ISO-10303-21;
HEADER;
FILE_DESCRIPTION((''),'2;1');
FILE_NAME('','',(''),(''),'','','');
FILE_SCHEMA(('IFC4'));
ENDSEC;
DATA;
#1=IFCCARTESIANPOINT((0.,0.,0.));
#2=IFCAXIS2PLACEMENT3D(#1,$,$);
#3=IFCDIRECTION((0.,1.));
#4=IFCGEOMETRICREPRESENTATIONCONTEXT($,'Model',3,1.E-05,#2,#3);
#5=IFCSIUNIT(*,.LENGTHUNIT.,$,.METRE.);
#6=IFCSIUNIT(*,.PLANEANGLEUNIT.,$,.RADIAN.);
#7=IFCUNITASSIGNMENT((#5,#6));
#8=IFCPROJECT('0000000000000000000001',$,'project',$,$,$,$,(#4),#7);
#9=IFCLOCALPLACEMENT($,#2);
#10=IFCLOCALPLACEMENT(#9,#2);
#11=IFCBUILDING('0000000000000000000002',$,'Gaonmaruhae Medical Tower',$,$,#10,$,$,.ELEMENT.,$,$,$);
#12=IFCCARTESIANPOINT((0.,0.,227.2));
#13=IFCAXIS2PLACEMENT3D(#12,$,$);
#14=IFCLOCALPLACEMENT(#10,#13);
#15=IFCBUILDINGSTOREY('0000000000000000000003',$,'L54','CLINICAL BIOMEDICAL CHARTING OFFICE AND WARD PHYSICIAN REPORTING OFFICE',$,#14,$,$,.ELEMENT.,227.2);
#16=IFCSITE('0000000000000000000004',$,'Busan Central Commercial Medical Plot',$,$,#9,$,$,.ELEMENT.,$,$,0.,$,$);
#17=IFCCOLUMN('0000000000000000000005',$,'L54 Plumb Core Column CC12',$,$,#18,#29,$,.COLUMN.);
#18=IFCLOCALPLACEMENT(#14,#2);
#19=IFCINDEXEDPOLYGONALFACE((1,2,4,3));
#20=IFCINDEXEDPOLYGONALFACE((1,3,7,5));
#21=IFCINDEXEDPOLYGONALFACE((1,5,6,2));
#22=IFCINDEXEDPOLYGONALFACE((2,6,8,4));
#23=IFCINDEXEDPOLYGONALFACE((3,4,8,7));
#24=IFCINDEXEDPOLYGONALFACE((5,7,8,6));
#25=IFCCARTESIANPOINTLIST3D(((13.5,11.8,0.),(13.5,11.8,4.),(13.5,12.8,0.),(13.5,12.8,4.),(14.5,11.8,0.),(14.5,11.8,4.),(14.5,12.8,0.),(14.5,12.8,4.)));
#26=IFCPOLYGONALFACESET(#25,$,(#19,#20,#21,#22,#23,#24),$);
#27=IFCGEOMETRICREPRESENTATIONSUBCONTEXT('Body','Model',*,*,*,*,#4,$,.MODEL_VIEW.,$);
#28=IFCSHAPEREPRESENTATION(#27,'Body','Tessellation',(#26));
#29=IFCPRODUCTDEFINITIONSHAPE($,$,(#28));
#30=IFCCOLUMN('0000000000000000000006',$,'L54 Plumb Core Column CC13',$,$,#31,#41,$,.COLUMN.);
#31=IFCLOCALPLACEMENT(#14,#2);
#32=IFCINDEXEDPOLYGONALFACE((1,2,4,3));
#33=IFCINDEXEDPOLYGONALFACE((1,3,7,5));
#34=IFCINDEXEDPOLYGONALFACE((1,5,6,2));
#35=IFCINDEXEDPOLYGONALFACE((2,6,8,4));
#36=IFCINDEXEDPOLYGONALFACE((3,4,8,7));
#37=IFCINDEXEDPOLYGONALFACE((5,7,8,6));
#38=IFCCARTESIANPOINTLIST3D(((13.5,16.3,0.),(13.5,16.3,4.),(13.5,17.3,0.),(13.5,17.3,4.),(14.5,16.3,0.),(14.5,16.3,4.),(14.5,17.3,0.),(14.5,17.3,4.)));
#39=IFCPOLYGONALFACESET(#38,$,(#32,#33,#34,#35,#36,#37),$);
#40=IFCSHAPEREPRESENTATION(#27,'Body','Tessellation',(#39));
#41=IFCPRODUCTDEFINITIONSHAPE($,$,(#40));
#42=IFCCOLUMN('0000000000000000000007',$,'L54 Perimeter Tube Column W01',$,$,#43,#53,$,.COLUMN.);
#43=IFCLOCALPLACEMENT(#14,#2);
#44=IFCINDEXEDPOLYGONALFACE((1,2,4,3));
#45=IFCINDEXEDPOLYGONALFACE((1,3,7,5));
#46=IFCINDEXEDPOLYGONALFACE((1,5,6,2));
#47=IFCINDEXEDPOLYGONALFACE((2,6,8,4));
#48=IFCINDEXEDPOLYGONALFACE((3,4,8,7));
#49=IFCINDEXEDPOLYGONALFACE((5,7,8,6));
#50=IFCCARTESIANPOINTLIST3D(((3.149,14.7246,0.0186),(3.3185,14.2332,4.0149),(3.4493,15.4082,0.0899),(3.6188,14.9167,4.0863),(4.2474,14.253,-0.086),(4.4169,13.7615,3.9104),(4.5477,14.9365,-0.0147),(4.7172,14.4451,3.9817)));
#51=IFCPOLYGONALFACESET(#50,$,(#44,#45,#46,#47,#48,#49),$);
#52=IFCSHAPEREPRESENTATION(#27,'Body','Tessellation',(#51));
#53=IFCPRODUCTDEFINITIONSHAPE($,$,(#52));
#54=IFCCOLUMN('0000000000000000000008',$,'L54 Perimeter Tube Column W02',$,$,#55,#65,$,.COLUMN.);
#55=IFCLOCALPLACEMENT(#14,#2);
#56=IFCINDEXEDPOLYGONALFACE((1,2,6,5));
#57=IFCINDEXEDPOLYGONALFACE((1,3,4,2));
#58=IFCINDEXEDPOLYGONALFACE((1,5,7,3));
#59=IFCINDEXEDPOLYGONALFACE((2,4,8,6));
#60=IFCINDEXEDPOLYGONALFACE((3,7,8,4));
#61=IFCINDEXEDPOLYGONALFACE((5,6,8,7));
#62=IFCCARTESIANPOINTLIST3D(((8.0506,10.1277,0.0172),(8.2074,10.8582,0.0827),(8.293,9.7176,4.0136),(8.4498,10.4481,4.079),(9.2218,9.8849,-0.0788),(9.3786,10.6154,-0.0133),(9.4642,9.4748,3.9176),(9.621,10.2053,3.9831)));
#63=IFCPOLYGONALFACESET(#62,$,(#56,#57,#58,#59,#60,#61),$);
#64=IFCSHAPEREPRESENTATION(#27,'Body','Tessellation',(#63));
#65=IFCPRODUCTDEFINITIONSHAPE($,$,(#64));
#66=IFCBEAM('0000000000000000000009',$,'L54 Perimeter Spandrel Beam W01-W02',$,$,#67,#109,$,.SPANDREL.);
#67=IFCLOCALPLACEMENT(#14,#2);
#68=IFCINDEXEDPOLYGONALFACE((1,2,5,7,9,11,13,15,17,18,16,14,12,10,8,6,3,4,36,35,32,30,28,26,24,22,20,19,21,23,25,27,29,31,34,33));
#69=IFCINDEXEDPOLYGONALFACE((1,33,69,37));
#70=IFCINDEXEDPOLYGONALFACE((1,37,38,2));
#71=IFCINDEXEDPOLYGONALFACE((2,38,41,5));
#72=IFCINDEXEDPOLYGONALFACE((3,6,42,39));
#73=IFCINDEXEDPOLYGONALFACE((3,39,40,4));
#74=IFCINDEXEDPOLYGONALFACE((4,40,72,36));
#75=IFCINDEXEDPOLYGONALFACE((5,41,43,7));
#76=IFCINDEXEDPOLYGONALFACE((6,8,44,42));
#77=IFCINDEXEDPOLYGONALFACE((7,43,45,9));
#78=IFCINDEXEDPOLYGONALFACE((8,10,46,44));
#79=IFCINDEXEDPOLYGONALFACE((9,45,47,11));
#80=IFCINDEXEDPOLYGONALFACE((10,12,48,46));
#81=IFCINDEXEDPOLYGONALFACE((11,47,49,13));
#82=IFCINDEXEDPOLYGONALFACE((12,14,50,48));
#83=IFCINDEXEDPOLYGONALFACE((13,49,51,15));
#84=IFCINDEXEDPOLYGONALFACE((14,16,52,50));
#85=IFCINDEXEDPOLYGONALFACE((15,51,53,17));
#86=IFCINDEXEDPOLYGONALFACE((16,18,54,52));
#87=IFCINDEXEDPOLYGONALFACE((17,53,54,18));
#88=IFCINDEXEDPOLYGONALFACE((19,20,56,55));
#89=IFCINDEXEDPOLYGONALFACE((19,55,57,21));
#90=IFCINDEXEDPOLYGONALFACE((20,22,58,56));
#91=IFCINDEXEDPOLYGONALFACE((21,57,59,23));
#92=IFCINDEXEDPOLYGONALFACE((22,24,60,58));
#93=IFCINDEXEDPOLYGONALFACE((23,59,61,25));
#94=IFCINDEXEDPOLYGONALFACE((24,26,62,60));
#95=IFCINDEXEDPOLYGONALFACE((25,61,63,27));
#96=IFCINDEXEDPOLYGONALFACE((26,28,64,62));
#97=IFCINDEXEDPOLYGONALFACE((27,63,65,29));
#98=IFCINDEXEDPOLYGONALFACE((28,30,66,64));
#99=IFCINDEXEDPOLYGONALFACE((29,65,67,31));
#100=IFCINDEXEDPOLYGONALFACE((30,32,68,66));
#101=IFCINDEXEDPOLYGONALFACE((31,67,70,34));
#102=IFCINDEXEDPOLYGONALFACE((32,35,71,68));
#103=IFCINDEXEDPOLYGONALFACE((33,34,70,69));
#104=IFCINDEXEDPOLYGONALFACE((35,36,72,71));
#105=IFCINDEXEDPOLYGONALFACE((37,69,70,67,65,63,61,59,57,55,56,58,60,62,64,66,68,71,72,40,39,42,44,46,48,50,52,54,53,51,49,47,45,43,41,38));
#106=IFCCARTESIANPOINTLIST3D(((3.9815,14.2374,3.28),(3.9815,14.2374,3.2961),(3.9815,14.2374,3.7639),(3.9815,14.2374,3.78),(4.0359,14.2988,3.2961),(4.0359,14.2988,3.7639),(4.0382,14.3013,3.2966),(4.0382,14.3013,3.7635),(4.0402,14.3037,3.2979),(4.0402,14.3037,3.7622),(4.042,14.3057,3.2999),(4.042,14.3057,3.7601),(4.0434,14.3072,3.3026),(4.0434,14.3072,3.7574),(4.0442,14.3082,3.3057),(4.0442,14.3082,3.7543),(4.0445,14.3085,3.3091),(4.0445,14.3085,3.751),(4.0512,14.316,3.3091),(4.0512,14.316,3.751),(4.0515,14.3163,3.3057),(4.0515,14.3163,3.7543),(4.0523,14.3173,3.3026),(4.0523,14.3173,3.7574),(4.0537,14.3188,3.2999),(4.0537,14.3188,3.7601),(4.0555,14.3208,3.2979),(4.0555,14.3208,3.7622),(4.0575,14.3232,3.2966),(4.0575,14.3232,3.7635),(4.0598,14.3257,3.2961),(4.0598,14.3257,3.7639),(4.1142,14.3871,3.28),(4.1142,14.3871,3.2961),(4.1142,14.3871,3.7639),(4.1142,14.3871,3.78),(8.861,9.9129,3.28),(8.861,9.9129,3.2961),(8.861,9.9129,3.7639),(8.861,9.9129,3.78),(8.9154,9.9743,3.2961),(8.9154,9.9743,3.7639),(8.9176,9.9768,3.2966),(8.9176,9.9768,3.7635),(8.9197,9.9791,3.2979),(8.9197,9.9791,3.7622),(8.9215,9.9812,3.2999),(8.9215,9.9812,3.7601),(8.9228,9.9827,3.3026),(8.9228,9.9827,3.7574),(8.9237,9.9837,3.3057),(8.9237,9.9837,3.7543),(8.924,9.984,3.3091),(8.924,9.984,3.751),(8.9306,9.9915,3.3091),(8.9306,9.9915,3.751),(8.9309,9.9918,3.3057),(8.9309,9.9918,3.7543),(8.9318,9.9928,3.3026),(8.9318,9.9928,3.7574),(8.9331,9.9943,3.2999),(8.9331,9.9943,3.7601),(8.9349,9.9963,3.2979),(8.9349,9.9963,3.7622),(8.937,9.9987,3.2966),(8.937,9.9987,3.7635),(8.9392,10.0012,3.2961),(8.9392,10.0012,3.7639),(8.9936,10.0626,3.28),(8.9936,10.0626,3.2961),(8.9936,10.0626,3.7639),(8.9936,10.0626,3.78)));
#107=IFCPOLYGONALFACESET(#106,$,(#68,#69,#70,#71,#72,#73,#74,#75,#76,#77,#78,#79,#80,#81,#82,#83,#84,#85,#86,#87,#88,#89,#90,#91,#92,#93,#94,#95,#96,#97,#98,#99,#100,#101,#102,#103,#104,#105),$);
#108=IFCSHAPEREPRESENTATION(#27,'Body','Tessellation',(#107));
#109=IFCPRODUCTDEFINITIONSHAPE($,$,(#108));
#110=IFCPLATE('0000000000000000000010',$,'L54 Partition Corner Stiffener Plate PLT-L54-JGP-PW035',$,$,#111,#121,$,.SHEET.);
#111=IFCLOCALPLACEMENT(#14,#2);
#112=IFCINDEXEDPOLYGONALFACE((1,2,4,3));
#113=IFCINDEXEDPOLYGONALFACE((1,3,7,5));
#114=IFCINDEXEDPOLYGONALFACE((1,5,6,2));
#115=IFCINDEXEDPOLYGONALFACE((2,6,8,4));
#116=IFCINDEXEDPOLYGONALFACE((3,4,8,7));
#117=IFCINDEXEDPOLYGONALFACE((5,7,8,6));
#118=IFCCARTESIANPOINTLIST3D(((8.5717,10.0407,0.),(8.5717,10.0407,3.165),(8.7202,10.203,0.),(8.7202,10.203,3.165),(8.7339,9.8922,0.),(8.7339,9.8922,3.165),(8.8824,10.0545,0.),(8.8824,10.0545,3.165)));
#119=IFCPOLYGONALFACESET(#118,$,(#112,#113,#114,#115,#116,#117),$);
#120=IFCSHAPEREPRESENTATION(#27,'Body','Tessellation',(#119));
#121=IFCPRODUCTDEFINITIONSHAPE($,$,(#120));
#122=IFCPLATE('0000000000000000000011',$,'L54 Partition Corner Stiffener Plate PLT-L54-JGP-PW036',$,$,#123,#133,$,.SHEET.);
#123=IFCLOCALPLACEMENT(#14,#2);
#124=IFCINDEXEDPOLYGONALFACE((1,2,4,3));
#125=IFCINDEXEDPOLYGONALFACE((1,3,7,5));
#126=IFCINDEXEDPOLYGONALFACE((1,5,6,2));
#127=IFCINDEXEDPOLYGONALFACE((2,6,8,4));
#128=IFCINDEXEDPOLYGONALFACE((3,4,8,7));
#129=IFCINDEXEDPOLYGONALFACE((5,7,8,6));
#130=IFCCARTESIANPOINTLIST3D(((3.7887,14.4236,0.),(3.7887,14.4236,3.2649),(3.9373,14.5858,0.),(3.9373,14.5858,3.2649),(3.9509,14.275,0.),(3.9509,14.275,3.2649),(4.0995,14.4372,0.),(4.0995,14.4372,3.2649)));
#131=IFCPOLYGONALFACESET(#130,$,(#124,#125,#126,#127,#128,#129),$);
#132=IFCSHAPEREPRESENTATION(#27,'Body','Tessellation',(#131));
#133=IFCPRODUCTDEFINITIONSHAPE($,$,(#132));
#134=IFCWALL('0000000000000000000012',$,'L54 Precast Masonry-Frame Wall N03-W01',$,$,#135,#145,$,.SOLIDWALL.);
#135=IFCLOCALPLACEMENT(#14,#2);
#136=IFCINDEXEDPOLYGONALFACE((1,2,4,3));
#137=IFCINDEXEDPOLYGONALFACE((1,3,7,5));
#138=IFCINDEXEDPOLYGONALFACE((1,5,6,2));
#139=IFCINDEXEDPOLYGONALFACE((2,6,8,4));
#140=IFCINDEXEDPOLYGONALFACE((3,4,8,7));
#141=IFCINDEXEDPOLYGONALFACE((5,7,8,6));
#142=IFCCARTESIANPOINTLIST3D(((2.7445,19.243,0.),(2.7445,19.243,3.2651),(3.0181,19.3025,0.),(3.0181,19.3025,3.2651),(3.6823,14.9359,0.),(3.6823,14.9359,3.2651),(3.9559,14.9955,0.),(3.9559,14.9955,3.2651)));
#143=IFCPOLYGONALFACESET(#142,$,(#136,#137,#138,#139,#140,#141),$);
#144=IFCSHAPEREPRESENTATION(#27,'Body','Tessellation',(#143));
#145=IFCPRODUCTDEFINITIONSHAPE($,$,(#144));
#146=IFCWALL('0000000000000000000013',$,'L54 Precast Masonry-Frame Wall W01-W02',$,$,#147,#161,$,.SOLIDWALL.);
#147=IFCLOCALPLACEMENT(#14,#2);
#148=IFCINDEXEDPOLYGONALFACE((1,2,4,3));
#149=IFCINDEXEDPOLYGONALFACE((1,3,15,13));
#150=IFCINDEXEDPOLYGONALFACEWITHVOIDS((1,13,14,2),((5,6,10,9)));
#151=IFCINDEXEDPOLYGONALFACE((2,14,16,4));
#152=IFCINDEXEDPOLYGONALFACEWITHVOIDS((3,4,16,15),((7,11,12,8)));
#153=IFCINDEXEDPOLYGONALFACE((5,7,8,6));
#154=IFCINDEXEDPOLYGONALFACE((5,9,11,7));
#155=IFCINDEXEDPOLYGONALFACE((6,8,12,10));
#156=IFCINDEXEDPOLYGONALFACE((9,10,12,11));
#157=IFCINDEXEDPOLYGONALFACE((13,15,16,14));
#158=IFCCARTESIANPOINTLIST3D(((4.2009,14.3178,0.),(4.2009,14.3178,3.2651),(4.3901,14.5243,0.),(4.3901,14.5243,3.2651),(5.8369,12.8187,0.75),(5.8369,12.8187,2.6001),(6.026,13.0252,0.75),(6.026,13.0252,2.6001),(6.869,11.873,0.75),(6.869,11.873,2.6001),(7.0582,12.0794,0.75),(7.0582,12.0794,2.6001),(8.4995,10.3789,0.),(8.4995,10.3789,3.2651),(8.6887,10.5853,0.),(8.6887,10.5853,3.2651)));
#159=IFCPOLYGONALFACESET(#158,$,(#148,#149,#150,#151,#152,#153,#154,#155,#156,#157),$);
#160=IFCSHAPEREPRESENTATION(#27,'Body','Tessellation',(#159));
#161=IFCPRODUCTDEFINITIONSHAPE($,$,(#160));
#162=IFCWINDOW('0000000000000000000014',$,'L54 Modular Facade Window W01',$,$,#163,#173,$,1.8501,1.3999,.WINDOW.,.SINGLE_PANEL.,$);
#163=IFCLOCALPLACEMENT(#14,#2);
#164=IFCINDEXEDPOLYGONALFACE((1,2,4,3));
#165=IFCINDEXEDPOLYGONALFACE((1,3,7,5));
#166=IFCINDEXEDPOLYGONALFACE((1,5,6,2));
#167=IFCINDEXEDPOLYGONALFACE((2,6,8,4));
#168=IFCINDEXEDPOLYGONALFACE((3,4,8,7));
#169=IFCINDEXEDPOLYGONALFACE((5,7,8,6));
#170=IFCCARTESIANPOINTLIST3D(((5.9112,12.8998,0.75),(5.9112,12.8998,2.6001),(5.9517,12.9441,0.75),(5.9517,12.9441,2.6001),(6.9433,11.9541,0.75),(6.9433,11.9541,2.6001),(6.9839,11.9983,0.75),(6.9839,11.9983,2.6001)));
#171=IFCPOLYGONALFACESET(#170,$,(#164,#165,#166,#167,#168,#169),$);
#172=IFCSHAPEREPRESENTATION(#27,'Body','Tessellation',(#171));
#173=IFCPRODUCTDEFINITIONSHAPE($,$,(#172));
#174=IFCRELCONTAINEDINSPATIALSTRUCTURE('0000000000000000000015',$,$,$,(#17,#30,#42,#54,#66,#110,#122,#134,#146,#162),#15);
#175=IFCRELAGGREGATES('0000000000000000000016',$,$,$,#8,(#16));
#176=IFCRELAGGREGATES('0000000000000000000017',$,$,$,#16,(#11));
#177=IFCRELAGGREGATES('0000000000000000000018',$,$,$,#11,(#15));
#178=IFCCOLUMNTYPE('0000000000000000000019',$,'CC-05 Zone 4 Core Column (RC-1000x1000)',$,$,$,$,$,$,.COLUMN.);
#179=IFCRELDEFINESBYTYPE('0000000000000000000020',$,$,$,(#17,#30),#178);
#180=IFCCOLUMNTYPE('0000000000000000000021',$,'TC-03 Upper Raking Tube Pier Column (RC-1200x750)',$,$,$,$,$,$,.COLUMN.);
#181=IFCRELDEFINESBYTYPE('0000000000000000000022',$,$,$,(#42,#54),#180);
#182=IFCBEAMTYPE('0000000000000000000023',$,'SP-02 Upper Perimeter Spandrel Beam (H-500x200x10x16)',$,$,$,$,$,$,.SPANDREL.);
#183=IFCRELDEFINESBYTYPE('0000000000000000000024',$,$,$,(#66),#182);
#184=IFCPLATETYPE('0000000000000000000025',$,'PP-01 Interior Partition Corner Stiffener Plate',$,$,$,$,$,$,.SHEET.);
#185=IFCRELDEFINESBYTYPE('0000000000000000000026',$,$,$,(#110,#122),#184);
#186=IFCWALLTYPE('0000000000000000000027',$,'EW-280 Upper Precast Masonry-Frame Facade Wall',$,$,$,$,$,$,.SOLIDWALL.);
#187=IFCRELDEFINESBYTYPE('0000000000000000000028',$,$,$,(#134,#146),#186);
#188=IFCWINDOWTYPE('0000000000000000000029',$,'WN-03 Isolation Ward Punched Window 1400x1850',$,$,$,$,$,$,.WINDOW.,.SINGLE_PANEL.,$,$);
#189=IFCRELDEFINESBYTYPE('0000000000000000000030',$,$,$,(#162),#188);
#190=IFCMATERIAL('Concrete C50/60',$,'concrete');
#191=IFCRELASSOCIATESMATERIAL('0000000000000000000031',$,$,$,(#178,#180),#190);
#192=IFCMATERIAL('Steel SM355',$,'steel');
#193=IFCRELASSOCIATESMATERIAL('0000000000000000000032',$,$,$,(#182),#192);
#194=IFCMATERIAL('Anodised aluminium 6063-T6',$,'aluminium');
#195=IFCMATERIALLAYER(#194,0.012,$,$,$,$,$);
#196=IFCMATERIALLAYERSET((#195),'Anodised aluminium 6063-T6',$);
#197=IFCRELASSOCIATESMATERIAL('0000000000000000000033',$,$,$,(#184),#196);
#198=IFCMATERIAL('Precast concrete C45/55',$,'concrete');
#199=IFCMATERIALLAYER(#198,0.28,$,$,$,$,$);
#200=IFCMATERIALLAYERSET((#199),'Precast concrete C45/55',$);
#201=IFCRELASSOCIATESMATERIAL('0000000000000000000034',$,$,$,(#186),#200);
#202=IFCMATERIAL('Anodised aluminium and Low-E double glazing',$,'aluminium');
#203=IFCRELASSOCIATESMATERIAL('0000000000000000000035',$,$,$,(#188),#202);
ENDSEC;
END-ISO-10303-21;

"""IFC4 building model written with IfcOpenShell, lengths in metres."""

from ifc_helpers import new_model, si_unit, direction, frame, frame_2d, origin, origin_2d, place, context, subcontext, project, spatial, rectangle, i_section, extrude, material, layer, layer_set, material_profile, profile_set, type_object, element, fill, save


model = new_model("IFC4")

# Units and contexts
model_context = context("Model", 3, precision=1e-05, world=origin(), true_north=direction((0.0, 1.0)))
body_context = subcontext(model_context, "Body", "Model", "MODEL_VIEW")
ifc_project = project(units=[si_unit("LENGTHUNIT", "METRE"), si_unit("PLANEANGLEUNIT", "RADIAN")], contexts=[model_context])

# Site, building, storey
site_placement = place(None, origin())
site = spatial("IfcSite", under=ifc_project, at=site_placement, Name="Busan Central Commercial Medical Plot", CompositionType="ELEMENT", RefElevation=0.0)
building_placement = place(site_placement, origin())
building = spatial("IfcBuilding", under=site, at=building_placement, Name="Gaonmaruhae Medical Tower", CompositionType="ELEMENT")
storey_placement = place(building_placement, frame((0.0, 0.0, 227.2)))
storey = spatial("IfcBuildingStorey", under=building, at=storey_placement, Name="L54", Description="CLINICAL BIOMEDICAL CHARTING OFFICE AND WARD PHYSICIAN REPORTING OFFICE", CompositionType="ELEMENT", Elevation=227.2)

# Columns
ifc_material_1 = material(Name="Concrete C50/60", Category="concrete")
ifc_material_profile_1 = material_profile(ifc_material_1, rectangle(XDim=1.0, YDim=1.0, at=origin_2d()), Name="RC-1000x1000")
ifc_profile_set_1 = profile_set([ifc_material_profile_1], Name="Concrete C50/60")
column_type_1 = type_object("IfcColumnType", Name="CC-05 Zone 4 Core Column (RC-1000x1000)", PredefinedType="COLUMN", material=ifc_profile_set_1)
for number, where, z_axis, x_axis, name in (
    (1, (14.0, 12.3, 0.0), (0.0, 0.0, 1.0), (1.0, 0.0, 0.0), "L54 Plumb Core Column CC12"),
    (2, (14.0, 16.8, 0.0), (0.0, 0.0, 1.0), (1.0, 0.0, 0.0), "L54 Plumb Core Column CC13"),
):
    element("IfcColumn", number, at=place(storey_placement, frame(where, z_axis=z_axis, x_axis=x_axis)), inside=storey, type_object=column_type_1, Name=name, PredefinedType="COLUMN", context=body_context, shape_type="SweptSolid", body=[
        extrude(rectangle(XDim=1.0, YDim=1.0, at=origin_2d()), origin(), (0.0, 0.0, 1.0), 4.0),
    ])
ifc_material_profile_2 = material_profile(ifc_material_1, rectangle(XDim=1.2, YDim=0.75, at=origin_2d()), Name="RC-1200x750")
ifc_profile_set_2 = profile_set([ifc_material_profile_2], Name="Concrete C50/60")
column_type_2 = type_object("IfcColumnType", Name="TC-03 Upper Raking Tube Pier Column (RC-1200x750)", PredefinedType="COLUMN", material=ifc_profile_set_2)
column_1_placement = place(storey_placement, frame((3.8484, 14.8306, 0.002), z_axis=(0.042043, -0.121949, 0.991646), x_axis=(-0.915374, 0.393059, 0.087146)))
element("IfcColumn", 3, at=column_1_placement, inside=storey, type_object=column_type_2, Name="L54 Perimeter Tube Column W01", PredefinedType="COLUMN", context=body_context, shape_type="SweptSolid", body=[
    extrude(rectangle(XDim=1.2, YDim=0.75, at=origin_2d()), origin(), (0.0, 0.0, 1.0), 4.03),
])
column_2_placement = place(storey_placement, frame((8.7146, 10.3716, 0.002), z_axis=(0.060237, -0.101911, 0.992968), x_axis=(-0.976042, 0.202352, 0.079978)))
element("IfcColumn", 4, at=column_2_placement, inside=storey, type_object=column_type_2, Name="L54 Perimeter Tube Column W02", PredefinedType="COLUMN", context=body_context, shape_type="SweptSolid", body=[
    extrude(rectangle(XDim=1.2, YDim=0.75, at=origin_2d()), origin(), (0.0, 0.0, 1.0), 4.0247),
])

# Beam
ifc_material_2 = material(Name="Steel SM355", Category="steel")
ifc_material_profile_3 = material_profile(ifc_material_2, i_section(OverallWidth=0.2, OverallDepth=0.5, WebThickness=0.01, FlangeThickness=0.0161, FilletRadius=0.0129, at=origin_2d()), Name="H-500x200x10x16")
ifc_profile_set_3 = profile_set([ifc_material_profile_3], Name="Steel SM355")
beam_type = type_object("IfcBeamType", Name="SP-02 Upper Perimeter Spandrel Beam (H-500x200x10x16)", PredefinedType="SPANDREL", material=ifc_profile_set_3)
beam_placement = place(storey_placement, frame((4.0479, 14.3123, 3.53), z_axis=(0.748382, -0.663268, 0.0), x_axis=(0.663268, 0.748382, 0.0)))
element("IfcBeam", 5, at=beam_placement, inside=storey, type_object=beam_type, Name="L54 Perimeter Spandrel Beam W01-W02", PredefinedType="SPANDREL", context=body_context, shape_type="SweptSolid", body=[
    extrude(i_section(OverallWidth=0.2, OverallDepth=0.5, WebThickness=0.01, FlangeThickness=0.0161, FilletRadius=0.0129, at=origin_2d()), origin(), (0.0, 0.0, 1.0), 6.52),
])

# Plates
ifc_material_3 = material(Name="Anodised aluminium 6063-T6", Category="aluminium")
ifc_layer_1 = layer(ifc_material_3, 0.012)
ifc_layer_set_1 = layer_set([ifc_layer_1], Name="Anodised aluminium 6063-T6")
plate_type = type_object("IfcPlateType", Name="PP-01 Interior Partition Corner Stiffener Plate", PredefinedType="SHEET", material=ifc_layer_set_1)
plate_1_placement = place(storey_placement, frame((8.7271, 10.0476, 0.0), z_axis=(0.0, 0.0, 1.0), x_axis=(-0.737678, 0.675153, 0.0)))
element("IfcPlate", 6, at=plate_1_placement, inside=storey, type_object=plate_type, Name="L54 Partition Corner Stiffener Plate PLT-L54-JGP-PW035", PredefinedType="SHEET", context=body_context, shape_type="SweptSolid", body=[
    extrude(rectangle(XDim=0.22, YDim=0.22, at=origin_2d()), origin(), (0.0, 0.0, 1.0), 3.165),
])
plate_2_placement = place(storey_placement, frame((3.9441, 14.4304, 0.0), z_axis=(0.0, 0.0, 1.0), x_axis=(-0.737466, 0.675384, 0.0)))
element("IfcPlate", 7, at=plate_2_placement, inside=storey, type_object=plate_type, Name="L54 Partition Corner Stiffener Plate PLT-L54-JGP-PW036", PredefinedType="SHEET", context=body_context, shape_type="SweptSolid", body=[
    extrude(rectangle(XDim=0.22, YDim=0.22, at=origin_2d()), origin(), (0.0, 0.0, 1.0), 3.2649),
])

# Wall
ifc_material_4 = material(Name="Precast concrete C45/55", Category="concrete")
ifc_layer_2 = layer(ifc_material_4, 0.28)
ifc_layer_set_2 = layer_set([ifc_layer_2], Name="Precast concrete C45/55")
wall_type_1 = type_object("IfcWallType", Name="EW-280 Upper Precast Masonry-Frame Facade Wall", PredefinedType="SOLIDWALL", material=ifc_layer_set_2)
wall_1_placement = place(storey_placement, frame((3.8191, 14.9656, 0.0), z_axis=(0.0, 0.0, 1.0), x_axis=(-0.212735, 0.97711, 0.0)))
element("IfcWall", 8, at=wall_1_placement, inside=storey, type_object=wall_type_1, Name="L54 Precast Masonry-Frame Wall N03-W01", PredefinedType="SOLIDWALL", context=body_context, shape_type="SweptSolid", body=[
    extrude(rectangle(XDim=4.408, YDim=0.28, at=frame_2d((2.2041, 0.0))), origin(), (0.0, 0.0, 1.0), 3.2651),
])

# Wall, opening, window
wall_2_placement = place(storey_placement, frame((8.594, 10.4822, 0.0), z_axis=(0.0, 0.0, 1.0), x_axis=(-0.737274, 0.675594, 0.0)))
wall_2 = element("IfcWall", 9, at=wall_2_placement, inside=storey, type_object=wall_type_1, Name="L54 Precast Masonry-Frame Wall W01-W02", PredefinedType="SOLIDWALL", context=body_context, shape_type="SweptSolid", body=[
    extrude(rectangle(XDim=5.8303, YDim=0.28, at=frame_2d((2.915, 0.0))), origin(), (0.0, 0.0, 1.0), 3.2651),
])
opening_1_placement = place(wall_2_placement, frame((2.2114, 0.0, 0.75)))
opening_1 = element("IfcOpeningElement", 10, at=opening_1_placement, cuts=wall_2, PredefinedType="OPENING", context=body_context, shape_type="SweptSolid", body=[
    extrude(rectangle(XDim=1.3999, YDim=1.8501, at=frame_2d((0.7, 0.925))), frame((0.0, 0.1499, 0.0), z_axis=(0.0, -1.0, 0.0), x_axis=(1.0, 0.0, 0.0)), (0.0, 0.0, 1.0), 0.3),
])
ifc_material_5 = material(Name="Anodised aluminium and Low-E double glazing", Category="aluminium")
window_type = type_object("IfcWindowType", Name="WN-03 Isolation Ward Punched Window 1400x1850", PartitioningType="SINGLE_PANEL", PredefinedType="WINDOW", material=ifc_material_5)
window_placement = place(opening_1_placement, origin())
window = element("IfcWindow", 11, at=window_placement, inside=storey, type_object=window_type, Name="L54 Modular Facade Window W01", OverallHeight=1.8501, OverallWidth=1.3999, PartitioningType="SINGLE_PANEL", PredefinedType="WINDOW", context=body_context, shape_type="SweptSolid", body=[
    extrude(rectangle(XDim=1.3999, YDim=1.8501, at=frame_2d((0.7, 0.925))), frame((0.0, 0.03, 0.0), z_axis=(0.0, -1.0, 0.0), x_axis=(1.0, 0.0, 0.0)), (0.0, 0.0, 1.0), 0.0601),
])
fill(opening_1, window)

save(model, "model.ifc")
